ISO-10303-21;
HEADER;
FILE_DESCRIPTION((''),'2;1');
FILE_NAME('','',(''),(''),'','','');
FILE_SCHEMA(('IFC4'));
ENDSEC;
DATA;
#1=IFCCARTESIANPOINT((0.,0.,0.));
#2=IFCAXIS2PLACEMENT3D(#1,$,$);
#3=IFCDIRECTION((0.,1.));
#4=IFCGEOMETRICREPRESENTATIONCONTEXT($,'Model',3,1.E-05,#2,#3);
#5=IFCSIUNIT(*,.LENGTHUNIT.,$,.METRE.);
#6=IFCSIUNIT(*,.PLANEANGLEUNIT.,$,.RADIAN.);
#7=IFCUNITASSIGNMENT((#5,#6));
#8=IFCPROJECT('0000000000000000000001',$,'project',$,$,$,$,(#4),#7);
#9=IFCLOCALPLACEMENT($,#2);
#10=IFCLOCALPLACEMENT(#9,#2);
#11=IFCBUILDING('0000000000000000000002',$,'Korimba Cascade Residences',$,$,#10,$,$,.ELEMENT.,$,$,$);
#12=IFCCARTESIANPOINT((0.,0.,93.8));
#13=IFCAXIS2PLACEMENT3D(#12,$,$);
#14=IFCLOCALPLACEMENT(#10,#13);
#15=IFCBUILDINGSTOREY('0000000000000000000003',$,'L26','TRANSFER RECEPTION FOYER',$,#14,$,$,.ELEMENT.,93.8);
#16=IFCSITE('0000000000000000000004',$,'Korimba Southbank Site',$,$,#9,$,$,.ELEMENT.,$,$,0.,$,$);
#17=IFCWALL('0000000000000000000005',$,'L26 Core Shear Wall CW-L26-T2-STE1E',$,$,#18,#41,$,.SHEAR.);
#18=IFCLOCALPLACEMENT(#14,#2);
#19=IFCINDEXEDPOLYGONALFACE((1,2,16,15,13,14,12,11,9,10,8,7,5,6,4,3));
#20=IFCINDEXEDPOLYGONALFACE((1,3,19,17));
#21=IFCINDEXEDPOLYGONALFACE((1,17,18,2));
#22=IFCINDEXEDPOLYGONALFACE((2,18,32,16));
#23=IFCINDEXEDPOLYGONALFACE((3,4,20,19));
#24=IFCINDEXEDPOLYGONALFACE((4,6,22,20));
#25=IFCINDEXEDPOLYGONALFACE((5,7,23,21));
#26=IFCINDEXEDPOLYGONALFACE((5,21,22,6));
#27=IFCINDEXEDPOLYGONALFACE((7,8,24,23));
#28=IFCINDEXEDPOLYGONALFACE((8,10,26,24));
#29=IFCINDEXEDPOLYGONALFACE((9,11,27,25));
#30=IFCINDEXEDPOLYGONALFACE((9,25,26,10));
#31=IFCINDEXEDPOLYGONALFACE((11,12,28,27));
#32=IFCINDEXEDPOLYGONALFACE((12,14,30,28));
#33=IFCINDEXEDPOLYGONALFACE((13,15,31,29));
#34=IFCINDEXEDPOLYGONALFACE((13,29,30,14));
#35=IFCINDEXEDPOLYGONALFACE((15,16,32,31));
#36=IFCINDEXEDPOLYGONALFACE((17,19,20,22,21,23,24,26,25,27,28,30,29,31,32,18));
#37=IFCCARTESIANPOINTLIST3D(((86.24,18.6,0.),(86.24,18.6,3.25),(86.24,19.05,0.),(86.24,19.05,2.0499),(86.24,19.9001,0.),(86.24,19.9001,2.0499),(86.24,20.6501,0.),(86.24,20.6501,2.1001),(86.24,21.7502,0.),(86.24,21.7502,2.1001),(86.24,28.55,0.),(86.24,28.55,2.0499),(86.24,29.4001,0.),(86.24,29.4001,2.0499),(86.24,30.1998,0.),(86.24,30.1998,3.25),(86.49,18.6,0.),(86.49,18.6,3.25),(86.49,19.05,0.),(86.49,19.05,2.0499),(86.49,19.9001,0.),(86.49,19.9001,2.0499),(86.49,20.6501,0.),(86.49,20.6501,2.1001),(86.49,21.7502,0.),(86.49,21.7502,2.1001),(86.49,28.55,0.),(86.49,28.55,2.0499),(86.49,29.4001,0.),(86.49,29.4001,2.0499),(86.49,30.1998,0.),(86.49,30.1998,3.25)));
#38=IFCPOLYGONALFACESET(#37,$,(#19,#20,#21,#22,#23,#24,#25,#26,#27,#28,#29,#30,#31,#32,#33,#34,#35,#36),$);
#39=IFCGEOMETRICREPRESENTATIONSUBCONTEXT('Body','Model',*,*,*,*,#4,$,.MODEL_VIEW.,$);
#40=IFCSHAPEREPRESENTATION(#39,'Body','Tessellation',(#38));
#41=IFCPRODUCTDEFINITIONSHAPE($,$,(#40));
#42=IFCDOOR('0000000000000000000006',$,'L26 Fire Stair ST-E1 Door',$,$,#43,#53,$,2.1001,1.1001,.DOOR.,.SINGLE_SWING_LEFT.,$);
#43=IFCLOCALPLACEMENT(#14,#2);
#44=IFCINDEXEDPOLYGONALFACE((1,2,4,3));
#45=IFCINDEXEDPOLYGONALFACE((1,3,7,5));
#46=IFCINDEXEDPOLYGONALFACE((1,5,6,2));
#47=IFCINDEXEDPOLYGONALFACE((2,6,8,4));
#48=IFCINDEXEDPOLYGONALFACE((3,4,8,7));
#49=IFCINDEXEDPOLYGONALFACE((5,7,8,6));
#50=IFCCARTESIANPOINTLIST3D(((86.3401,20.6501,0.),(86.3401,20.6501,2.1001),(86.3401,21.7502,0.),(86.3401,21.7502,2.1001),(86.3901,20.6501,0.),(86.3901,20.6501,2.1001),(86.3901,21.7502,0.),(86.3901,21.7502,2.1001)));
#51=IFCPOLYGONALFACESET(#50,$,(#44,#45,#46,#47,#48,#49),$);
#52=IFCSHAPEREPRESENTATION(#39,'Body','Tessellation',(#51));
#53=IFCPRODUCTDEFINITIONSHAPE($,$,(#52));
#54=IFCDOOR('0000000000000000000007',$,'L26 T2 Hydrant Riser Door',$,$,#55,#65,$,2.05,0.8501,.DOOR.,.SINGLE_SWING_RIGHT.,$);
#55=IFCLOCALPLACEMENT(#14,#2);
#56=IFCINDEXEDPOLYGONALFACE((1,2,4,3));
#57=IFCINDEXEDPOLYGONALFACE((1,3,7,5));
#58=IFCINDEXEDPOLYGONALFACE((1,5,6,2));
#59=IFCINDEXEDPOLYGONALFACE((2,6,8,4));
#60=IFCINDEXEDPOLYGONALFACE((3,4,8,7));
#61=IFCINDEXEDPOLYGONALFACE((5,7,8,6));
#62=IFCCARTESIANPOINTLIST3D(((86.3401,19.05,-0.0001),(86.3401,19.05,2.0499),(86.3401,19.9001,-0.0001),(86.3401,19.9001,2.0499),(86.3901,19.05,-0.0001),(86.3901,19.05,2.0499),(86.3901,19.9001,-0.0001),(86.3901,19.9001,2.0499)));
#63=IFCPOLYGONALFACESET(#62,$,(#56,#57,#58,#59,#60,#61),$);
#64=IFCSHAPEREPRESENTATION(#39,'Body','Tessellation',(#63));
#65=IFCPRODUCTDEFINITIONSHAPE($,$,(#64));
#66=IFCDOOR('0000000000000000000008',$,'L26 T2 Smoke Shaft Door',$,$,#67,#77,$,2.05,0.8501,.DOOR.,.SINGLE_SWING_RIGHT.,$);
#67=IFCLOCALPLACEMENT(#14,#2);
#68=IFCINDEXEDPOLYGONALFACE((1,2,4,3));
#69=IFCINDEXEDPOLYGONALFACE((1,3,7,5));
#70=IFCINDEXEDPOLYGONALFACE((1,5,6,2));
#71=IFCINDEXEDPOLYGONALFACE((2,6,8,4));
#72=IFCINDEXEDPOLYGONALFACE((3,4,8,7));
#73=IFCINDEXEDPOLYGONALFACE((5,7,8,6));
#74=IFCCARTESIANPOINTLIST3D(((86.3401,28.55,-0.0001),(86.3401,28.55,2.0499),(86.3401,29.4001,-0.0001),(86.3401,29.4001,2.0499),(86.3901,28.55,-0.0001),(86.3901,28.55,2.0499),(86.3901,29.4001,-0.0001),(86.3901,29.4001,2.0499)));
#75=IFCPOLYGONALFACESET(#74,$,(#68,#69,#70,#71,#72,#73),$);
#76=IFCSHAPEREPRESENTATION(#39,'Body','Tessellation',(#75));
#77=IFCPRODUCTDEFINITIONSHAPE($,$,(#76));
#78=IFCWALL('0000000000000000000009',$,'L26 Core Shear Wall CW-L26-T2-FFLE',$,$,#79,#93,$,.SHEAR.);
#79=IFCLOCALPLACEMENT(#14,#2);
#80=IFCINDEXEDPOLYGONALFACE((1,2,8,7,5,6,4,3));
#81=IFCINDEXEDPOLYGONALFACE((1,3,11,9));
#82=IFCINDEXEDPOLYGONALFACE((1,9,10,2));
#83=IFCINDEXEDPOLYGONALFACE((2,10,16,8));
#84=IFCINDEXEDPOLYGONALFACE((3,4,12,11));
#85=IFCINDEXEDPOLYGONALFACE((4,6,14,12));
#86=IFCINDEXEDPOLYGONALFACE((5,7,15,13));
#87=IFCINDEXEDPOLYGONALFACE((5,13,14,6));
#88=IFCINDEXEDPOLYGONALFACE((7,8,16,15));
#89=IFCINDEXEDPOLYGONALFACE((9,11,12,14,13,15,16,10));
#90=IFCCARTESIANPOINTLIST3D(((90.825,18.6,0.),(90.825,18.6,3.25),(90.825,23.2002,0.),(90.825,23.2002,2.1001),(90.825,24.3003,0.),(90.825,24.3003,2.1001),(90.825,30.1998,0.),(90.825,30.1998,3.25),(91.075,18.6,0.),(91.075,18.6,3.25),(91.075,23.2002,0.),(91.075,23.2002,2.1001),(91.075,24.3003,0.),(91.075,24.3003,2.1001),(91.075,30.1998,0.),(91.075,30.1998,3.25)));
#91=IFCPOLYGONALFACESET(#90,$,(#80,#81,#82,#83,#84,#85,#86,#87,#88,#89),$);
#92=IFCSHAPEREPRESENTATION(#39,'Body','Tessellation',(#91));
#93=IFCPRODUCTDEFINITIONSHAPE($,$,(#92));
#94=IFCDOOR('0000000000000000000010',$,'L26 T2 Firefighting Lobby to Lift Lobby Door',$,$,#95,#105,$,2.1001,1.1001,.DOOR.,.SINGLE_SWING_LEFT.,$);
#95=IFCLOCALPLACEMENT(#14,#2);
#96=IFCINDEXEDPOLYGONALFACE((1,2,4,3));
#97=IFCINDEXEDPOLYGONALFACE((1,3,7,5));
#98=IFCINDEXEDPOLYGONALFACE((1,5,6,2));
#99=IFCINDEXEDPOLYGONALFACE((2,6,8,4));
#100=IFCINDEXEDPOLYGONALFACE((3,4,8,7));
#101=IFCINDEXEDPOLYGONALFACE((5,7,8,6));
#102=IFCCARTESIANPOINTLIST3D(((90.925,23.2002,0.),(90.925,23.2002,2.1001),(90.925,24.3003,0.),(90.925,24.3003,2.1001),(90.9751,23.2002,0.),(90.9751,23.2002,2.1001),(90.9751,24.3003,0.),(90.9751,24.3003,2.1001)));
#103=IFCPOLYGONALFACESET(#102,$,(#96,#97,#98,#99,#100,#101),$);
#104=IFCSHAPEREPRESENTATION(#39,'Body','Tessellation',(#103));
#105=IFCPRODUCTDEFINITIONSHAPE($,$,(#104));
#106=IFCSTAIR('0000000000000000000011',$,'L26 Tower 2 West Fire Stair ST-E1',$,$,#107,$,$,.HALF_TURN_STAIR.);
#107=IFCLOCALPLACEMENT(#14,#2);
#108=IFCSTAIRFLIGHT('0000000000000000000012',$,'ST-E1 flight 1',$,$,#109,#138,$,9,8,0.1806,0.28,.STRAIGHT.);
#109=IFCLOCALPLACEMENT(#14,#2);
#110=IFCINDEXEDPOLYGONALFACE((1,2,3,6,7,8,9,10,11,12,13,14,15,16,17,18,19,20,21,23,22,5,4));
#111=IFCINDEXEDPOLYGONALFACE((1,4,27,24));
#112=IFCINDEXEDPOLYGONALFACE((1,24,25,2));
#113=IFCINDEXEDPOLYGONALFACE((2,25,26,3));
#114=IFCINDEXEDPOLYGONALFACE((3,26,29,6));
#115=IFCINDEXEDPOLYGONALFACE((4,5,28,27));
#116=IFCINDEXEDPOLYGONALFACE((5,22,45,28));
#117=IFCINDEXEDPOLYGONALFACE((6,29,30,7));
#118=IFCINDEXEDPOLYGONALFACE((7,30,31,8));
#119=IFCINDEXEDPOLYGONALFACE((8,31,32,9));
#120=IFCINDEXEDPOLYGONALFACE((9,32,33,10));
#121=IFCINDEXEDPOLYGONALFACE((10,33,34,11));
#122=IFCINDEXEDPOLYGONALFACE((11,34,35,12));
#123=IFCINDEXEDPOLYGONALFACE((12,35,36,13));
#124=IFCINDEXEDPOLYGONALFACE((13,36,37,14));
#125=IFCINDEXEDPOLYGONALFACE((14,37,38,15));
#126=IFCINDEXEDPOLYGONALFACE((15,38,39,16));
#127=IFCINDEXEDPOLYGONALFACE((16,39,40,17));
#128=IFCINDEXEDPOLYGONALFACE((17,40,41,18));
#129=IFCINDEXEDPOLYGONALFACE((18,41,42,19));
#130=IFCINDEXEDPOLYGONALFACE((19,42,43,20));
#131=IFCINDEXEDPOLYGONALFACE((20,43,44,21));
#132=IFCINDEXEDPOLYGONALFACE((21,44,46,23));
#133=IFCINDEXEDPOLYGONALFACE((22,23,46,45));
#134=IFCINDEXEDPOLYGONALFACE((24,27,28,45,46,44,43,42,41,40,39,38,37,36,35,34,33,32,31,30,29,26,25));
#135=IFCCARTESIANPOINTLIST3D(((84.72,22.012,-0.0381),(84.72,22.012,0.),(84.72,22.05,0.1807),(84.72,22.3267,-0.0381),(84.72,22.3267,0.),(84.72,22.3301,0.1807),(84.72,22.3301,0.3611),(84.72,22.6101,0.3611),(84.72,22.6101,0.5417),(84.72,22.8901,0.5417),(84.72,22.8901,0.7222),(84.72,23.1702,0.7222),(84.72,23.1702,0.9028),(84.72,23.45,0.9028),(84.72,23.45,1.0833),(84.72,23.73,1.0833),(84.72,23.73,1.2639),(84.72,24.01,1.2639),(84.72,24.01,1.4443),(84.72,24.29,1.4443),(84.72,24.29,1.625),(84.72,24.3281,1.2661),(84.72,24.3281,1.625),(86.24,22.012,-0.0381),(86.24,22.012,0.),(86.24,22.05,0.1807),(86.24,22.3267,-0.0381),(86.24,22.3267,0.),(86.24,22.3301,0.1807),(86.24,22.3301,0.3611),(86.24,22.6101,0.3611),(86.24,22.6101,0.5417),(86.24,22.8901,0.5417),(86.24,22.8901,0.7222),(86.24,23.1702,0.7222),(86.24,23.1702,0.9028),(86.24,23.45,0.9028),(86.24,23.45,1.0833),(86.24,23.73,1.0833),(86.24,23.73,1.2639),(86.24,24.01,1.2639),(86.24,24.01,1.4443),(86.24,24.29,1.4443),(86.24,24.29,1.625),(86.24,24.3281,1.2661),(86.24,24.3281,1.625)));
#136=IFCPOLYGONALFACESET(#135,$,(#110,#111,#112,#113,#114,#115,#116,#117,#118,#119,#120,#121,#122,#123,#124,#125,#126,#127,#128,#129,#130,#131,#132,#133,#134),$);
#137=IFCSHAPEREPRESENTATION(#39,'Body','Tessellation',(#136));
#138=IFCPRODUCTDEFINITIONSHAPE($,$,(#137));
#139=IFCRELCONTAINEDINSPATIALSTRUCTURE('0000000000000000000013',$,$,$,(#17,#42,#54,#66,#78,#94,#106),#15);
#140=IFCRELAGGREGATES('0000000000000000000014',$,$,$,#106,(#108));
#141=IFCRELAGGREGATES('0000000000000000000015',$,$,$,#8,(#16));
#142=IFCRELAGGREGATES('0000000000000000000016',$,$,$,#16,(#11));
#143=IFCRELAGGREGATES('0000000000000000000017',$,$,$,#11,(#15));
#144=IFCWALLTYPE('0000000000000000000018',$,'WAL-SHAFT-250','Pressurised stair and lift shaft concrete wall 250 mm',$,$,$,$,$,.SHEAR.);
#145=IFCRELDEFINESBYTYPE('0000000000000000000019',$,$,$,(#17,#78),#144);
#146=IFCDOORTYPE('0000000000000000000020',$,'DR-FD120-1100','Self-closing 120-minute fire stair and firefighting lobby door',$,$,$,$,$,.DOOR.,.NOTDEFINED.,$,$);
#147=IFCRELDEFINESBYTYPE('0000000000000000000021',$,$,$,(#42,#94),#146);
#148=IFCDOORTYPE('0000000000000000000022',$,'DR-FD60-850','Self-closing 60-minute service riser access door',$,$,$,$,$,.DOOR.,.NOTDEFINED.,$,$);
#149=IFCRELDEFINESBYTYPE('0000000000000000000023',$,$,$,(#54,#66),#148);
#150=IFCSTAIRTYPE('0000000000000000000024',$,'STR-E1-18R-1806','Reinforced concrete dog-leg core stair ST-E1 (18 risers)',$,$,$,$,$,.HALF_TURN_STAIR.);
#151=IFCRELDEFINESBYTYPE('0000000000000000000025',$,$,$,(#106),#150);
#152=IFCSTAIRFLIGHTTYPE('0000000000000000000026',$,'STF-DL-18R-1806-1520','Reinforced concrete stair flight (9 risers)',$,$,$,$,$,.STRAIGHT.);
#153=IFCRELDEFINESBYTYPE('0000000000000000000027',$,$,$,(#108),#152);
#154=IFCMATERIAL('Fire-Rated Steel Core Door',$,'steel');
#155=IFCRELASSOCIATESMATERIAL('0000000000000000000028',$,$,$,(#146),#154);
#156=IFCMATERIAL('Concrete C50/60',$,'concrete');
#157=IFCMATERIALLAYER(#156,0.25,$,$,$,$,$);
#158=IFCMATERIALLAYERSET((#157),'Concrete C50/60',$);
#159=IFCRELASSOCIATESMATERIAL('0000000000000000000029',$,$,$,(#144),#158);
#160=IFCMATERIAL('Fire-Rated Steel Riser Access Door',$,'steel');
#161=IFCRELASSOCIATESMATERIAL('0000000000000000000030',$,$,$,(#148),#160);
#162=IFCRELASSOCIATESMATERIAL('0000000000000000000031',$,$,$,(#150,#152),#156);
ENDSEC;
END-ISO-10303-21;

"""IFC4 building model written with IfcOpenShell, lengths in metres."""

from ifc_helpers import new_model, si_unit, direction, frame, frame_2d, origin, place, context, subcontext, project, spatial, polyline, rectangle, outline, extrude, material, layer, layer_set, type_object, element, fill, aggregate, save


model = new_model("IFC4")

# Units and contexts
model_context = context("Model", 3, precision=1e-05, world=origin(), true_north=direction((0.0, 1.0)))
body_context = subcontext(model_context, "Body", "Model", "MODEL_VIEW")
ifc_project = project(units=[si_unit("LENGTHUNIT", "METRE"), si_unit("PLANEANGLEUNIT", "RADIAN")], contexts=[model_context])

# Site, building, storey
site_placement = place(None, origin())
site = spatial("IfcSite", under=ifc_project, at=site_placement, Name="Korimba Southbank Site", CompositionType="ELEMENT", RefElevation=0.0)
building_placement = place(site_placement, origin())
building = spatial("IfcBuilding", under=site, at=building_placement, Name="Korimba Cascade Residences", CompositionType="ELEMENT")
storey_placement = place(building_placement, frame((0.0, 0.0, 93.8)))
storey = spatial("IfcBuildingStorey", under=building, at=storey_placement, Name="L26", Description="TRANSFER RECEPTION FOYER", CompositionType="ELEMENT", Elevation=93.8)

# Shared definitions
ifc_material_1 = material(Name="Fire-Rated Steel Core Door", Category="steel")
door_type_1 = type_object("IfcDoorType", Name="DR-FD120-1100", Description="Self-closing 120-minute fire stair and firefighting lobby door", OperationType="NOTDEFINED", PredefinedType="DOOR", material=ifc_material_1)

# Wall, openings, doors
ifc_material_2 = material(Name="Concrete C50/60", Category="concrete")
ifc_layer_1 = layer(ifc_material_2, 0.25)
ifc_layer_set_1 = layer_set([ifc_layer_1], Name="Concrete C50/60")
wall_type_1 = type_object("IfcWallType", Name="WAL-SHAFT-250", Description="Pressurised stair and lift shaft concrete wall 250 mm", PredefinedType="SHEAR", material=ifc_layer_set_1)
wall_1_placement = place(storey_placement, frame((86.365, 18.6001, 0.0), z_axis=(0.0, 0.0, 1.0), x_axis=(0.0, 1.0, 0.0)))
wall_1 = element("IfcWall", 1, at=wall_1_placement, inside=storey, type_object=wall_type_1, Name="L26 Core Shear Wall CW-L26-T2-STE1E", PredefinedType="SHEAR", context=body_context, shape_type="SweptSolid", body=[
    extrude(rectangle(XDim=11.5999, YDim=0.25, at=frame_2d((5.7998, 0.0))), origin(), (0.0, 0.0, 1.0), 3.25),
])
opening_1_placement = place(wall_1_placement, frame((0.45, 0.0, 0.0)))
opening_1 = element("IfcOpeningElement", 2, at=opening_1_placement, cuts=wall_1, PredefinedType="OPENING", context=body_context, shape_type="SweptSolid", body=[
    extrude(rectangle(XDim=0.8501, YDim=2.05, at=frame_2d((0.425, 1.0249))), frame((0.0, 0.135, 0.0), z_axis=(0.0, -1.0, 0.0), x_axis=(1.0, 0.0, 0.0)), (0.0, 0.0, 1.0), 0.27),
])
opening_2_placement = place(wall_1_placement, frame((2.05, 0.0, 0.0)))
opening_2 = element("IfcOpeningElement", 3, at=opening_2_placement, cuts=wall_1, PredefinedType="OPENING", context=body_context, shape_type="SweptSolid", body=[
    extrude(rectangle(XDim=1.1001, YDim=2.1001, at=frame_2d((0.55, 1.05))), frame((0.0, 0.135, 0.0), z_axis=(0.0, -1.0, 0.0), x_axis=(1.0, 0.0, 0.0)), (0.0, 0.0, 1.0), 0.27),
])
opening_3_placement = place(wall_1_placement, frame((9.95, 0.0, 0.0)))
opening_3 = element("IfcOpeningElement", 4, at=opening_3_placement, cuts=wall_1, PredefinedType="OPENING", context=body_context, shape_type="SweptSolid", body=[
    extrude(rectangle(XDim=0.8501, YDim=2.05, at=frame_2d((0.425, 1.0249))), frame((0.0, 0.135, 0.0), z_axis=(0.0, -1.0, 0.0), x_axis=(1.0, 0.0, 0.0)), (0.0, 0.0, 1.0), 0.27),
])
door_1_placement = place(opening_2_placement, origin())
door_1 = element("IfcDoor", 5, at=door_1_placement, inside=storey, type_object=door_type_1, Name="L26 Fire Stair ST-E1 Door", OperationType="SINGLE_SWING_LEFT", OverallHeight=2.1001, OverallWidth=1.1001, PredefinedType="DOOR", context=body_context, shape_type="SweptSolid", body=[
    extrude(rectangle(XDim=1.1001, YDim=2.1001, at=frame_2d((0.55, 1.05))), frame((0.0, 0.0249, 0.0), z_axis=(0.0, -1.0, 0.0), x_axis=(1.0, 0.0, 0.0)), (0.0, 0.0, 1.0), 0.05),
])
fill(opening_2, door_1)
ifc_material_3 = material(Name="Fire-Rated Steel Riser Access Door", Category="steel")
door_type_2 = type_object("IfcDoorType", Name="DR-FD60-850", Description="Self-closing 60-minute service riser access door", OperationType="NOTDEFINED", PredefinedType="DOOR", material=ifc_material_3)
door_2_placement = place(opening_1_placement, origin())
door_2 = element("IfcDoor", 6, at=door_2_placement, inside=storey, type_object=door_type_2, Name="L26 T2 Hydrant Riser Door", OperationType="SINGLE_SWING_RIGHT", OverallHeight=2.05, OverallWidth=0.8501, PredefinedType="DOOR", context=body_context, shape_type="SweptSolid", body=[
    extrude(rectangle(XDim=0.8501, YDim=2.05, at=frame_2d((0.425, 1.0249))), frame((0.0, 0.0249, 0.0), z_axis=(0.0, -1.0, 0.0), x_axis=(1.0, 0.0, 0.0)), (0.0, 0.0, 1.0), 0.05),
])
fill(opening_1, door_2)
door_3_placement = place(opening_3_placement, origin())
door_3 = element("IfcDoor", 7, at=door_3_placement, inside=storey, type_object=door_type_2, Name="L26 T2 Smoke Shaft Door", OperationType="SINGLE_SWING_RIGHT", OverallHeight=2.05, OverallWidth=0.8501, PredefinedType="DOOR", context=body_context, shape_type="SweptSolid", body=[
    extrude(rectangle(XDim=0.8501, YDim=2.05, at=frame_2d((0.425, 1.0249))), frame((0.0, 0.0249, 0.0), z_axis=(0.0, -1.0, 0.0), x_axis=(1.0, 0.0, 0.0)), (0.0, 0.0, 1.0), 0.05),
])
fill(opening_3, door_3)

# Wall, opening, door
wall_2_placement = place(storey_placement, frame((90.95, 18.6001, 0.0), z_axis=(0.0, 0.0, 1.0), x_axis=(0.0, 1.0, 0.0)))
wall_2 = element("IfcWall", 8, at=wall_2_placement, inside=storey, type_object=wall_type_1, Name="L26 Core Shear Wall CW-L26-T2-FFLE", PredefinedType="SHEAR", context=body_context, shape_type="SweptSolid", body=[
    extrude(rectangle(XDim=11.5999, YDim=0.25, at=frame_2d((5.7998, 0.0))), origin(), (0.0, 0.0, 1.0), 3.25),
])
opening_4_placement = place(wall_2_placement, frame((4.6001, 0.0, 0.0)))
opening_4 = element("IfcOpeningElement", 9, at=opening_4_placement, cuts=wall_2, PredefinedType="OPENING", context=body_context, shape_type="SweptSolid", body=[
    extrude(rectangle(XDim=1.1001, YDim=2.1001, at=frame_2d((0.55, 1.05))), frame((0.0, 0.135, 0.0), z_axis=(0.0, -1.0, 0.0), x_axis=(1.0, 0.0, 0.0)), (0.0, 0.0, 1.0), 0.27),
])
door_4_placement = place(opening_4_placement, origin())
door_4 = element("IfcDoor", 10, at=door_4_placement, inside=storey, type_object=door_type_1, Name="L26 T2 Firefighting Lobby to Lift Lobby Door", OperationType="SINGLE_SWING_LEFT", OverallHeight=2.1001, OverallWidth=1.1001, PredefinedType="DOOR", context=body_context, shape_type="SweptSolid", body=[
    extrude(rectangle(XDim=1.1001, YDim=2.1001, at=frame_2d((0.55, 1.05))), frame((0.0, 0.0249, 0.0), z_axis=(0.0, -1.0, 0.0), x_axis=(1.0, 0.0, 0.0)), (0.0, 0.0, 1.0), 0.05),
])
fill(opening_4, door_4)

# Stair, stair flight
stair_type = type_object("IfcStairType", Name="STR-E1-18R-1806", Description="Reinforced concrete dog-leg core stair ST-E1 (18 risers)", PredefinedType="HALF_TURN_STAIR", material=ifc_material_2)
stair_placement = place(storey_placement, origin())
stair = element("IfcStair", 11, at=stair_placement, inside=storey, type_object=stair_type, Name="L26 Tower 2 West Fire Stair ST-E1", PredefinedType="HALF_TURN_STAIR")
stair_flight_type = type_object("IfcStairFlightType", Name="STF-DL-18R-1806-1520", Description="Reinforced concrete stair flight (9 risers)", PredefinedType="STRAIGHT", material=ifc_material_2)
stair_flight_placement = place(storey_placement, frame((85.48, 22.05, 0.0), z_axis=(0.0, 0.0, 1.0), x_axis=(0.0, 1.0, 0.0)))
stair_flight = element("IfcStairFlight", 12, at=stair_flight_placement, type_object=stair_flight_type, Name="ST-E1 flight 1", NumberOfRisers=9, NumberOfTreads=8, PredefinedType="STRAIGHT", RiserHeight=0.1806, TreadLength=0.28, context=body_context, shape_type="SweptSolid", body=[
    extrude(outline(polyline([(-0.0381, 0.0), (0.0, 0.1807), (0.28, 0.1807), (0.28, 0.3611), (0.5601, 0.3611), (0.5601, 0.5417), (0.8401, 0.5417), (0.8401, 0.7222), (1.1201, 0.7222), (1.1201, 0.9028), (1.3999, 0.9028), (1.3999, 1.0833), (1.6799, 1.0833), (1.6799, 1.2639), (1.96, 1.2639), (1.96, 1.4443), (2.24, 1.4443), (2.24, 1.625), (2.2781, 1.625), (2.2781, 1.2661), (0.2766, 0.0), (0.2766, -0.0381), (-0.0381, -0.0381), (-0.0381, 0.0)])), frame((0.0, 0.76, 0.0), z_axis=(0.0, -1.0, 0.0), x_axis=(1.0, 0.0, 0.0)), (0.0, 0.0, 1.0), 1.52),
])
aggregate(stair, [stair_flight])

save(model, "model.ifc")
